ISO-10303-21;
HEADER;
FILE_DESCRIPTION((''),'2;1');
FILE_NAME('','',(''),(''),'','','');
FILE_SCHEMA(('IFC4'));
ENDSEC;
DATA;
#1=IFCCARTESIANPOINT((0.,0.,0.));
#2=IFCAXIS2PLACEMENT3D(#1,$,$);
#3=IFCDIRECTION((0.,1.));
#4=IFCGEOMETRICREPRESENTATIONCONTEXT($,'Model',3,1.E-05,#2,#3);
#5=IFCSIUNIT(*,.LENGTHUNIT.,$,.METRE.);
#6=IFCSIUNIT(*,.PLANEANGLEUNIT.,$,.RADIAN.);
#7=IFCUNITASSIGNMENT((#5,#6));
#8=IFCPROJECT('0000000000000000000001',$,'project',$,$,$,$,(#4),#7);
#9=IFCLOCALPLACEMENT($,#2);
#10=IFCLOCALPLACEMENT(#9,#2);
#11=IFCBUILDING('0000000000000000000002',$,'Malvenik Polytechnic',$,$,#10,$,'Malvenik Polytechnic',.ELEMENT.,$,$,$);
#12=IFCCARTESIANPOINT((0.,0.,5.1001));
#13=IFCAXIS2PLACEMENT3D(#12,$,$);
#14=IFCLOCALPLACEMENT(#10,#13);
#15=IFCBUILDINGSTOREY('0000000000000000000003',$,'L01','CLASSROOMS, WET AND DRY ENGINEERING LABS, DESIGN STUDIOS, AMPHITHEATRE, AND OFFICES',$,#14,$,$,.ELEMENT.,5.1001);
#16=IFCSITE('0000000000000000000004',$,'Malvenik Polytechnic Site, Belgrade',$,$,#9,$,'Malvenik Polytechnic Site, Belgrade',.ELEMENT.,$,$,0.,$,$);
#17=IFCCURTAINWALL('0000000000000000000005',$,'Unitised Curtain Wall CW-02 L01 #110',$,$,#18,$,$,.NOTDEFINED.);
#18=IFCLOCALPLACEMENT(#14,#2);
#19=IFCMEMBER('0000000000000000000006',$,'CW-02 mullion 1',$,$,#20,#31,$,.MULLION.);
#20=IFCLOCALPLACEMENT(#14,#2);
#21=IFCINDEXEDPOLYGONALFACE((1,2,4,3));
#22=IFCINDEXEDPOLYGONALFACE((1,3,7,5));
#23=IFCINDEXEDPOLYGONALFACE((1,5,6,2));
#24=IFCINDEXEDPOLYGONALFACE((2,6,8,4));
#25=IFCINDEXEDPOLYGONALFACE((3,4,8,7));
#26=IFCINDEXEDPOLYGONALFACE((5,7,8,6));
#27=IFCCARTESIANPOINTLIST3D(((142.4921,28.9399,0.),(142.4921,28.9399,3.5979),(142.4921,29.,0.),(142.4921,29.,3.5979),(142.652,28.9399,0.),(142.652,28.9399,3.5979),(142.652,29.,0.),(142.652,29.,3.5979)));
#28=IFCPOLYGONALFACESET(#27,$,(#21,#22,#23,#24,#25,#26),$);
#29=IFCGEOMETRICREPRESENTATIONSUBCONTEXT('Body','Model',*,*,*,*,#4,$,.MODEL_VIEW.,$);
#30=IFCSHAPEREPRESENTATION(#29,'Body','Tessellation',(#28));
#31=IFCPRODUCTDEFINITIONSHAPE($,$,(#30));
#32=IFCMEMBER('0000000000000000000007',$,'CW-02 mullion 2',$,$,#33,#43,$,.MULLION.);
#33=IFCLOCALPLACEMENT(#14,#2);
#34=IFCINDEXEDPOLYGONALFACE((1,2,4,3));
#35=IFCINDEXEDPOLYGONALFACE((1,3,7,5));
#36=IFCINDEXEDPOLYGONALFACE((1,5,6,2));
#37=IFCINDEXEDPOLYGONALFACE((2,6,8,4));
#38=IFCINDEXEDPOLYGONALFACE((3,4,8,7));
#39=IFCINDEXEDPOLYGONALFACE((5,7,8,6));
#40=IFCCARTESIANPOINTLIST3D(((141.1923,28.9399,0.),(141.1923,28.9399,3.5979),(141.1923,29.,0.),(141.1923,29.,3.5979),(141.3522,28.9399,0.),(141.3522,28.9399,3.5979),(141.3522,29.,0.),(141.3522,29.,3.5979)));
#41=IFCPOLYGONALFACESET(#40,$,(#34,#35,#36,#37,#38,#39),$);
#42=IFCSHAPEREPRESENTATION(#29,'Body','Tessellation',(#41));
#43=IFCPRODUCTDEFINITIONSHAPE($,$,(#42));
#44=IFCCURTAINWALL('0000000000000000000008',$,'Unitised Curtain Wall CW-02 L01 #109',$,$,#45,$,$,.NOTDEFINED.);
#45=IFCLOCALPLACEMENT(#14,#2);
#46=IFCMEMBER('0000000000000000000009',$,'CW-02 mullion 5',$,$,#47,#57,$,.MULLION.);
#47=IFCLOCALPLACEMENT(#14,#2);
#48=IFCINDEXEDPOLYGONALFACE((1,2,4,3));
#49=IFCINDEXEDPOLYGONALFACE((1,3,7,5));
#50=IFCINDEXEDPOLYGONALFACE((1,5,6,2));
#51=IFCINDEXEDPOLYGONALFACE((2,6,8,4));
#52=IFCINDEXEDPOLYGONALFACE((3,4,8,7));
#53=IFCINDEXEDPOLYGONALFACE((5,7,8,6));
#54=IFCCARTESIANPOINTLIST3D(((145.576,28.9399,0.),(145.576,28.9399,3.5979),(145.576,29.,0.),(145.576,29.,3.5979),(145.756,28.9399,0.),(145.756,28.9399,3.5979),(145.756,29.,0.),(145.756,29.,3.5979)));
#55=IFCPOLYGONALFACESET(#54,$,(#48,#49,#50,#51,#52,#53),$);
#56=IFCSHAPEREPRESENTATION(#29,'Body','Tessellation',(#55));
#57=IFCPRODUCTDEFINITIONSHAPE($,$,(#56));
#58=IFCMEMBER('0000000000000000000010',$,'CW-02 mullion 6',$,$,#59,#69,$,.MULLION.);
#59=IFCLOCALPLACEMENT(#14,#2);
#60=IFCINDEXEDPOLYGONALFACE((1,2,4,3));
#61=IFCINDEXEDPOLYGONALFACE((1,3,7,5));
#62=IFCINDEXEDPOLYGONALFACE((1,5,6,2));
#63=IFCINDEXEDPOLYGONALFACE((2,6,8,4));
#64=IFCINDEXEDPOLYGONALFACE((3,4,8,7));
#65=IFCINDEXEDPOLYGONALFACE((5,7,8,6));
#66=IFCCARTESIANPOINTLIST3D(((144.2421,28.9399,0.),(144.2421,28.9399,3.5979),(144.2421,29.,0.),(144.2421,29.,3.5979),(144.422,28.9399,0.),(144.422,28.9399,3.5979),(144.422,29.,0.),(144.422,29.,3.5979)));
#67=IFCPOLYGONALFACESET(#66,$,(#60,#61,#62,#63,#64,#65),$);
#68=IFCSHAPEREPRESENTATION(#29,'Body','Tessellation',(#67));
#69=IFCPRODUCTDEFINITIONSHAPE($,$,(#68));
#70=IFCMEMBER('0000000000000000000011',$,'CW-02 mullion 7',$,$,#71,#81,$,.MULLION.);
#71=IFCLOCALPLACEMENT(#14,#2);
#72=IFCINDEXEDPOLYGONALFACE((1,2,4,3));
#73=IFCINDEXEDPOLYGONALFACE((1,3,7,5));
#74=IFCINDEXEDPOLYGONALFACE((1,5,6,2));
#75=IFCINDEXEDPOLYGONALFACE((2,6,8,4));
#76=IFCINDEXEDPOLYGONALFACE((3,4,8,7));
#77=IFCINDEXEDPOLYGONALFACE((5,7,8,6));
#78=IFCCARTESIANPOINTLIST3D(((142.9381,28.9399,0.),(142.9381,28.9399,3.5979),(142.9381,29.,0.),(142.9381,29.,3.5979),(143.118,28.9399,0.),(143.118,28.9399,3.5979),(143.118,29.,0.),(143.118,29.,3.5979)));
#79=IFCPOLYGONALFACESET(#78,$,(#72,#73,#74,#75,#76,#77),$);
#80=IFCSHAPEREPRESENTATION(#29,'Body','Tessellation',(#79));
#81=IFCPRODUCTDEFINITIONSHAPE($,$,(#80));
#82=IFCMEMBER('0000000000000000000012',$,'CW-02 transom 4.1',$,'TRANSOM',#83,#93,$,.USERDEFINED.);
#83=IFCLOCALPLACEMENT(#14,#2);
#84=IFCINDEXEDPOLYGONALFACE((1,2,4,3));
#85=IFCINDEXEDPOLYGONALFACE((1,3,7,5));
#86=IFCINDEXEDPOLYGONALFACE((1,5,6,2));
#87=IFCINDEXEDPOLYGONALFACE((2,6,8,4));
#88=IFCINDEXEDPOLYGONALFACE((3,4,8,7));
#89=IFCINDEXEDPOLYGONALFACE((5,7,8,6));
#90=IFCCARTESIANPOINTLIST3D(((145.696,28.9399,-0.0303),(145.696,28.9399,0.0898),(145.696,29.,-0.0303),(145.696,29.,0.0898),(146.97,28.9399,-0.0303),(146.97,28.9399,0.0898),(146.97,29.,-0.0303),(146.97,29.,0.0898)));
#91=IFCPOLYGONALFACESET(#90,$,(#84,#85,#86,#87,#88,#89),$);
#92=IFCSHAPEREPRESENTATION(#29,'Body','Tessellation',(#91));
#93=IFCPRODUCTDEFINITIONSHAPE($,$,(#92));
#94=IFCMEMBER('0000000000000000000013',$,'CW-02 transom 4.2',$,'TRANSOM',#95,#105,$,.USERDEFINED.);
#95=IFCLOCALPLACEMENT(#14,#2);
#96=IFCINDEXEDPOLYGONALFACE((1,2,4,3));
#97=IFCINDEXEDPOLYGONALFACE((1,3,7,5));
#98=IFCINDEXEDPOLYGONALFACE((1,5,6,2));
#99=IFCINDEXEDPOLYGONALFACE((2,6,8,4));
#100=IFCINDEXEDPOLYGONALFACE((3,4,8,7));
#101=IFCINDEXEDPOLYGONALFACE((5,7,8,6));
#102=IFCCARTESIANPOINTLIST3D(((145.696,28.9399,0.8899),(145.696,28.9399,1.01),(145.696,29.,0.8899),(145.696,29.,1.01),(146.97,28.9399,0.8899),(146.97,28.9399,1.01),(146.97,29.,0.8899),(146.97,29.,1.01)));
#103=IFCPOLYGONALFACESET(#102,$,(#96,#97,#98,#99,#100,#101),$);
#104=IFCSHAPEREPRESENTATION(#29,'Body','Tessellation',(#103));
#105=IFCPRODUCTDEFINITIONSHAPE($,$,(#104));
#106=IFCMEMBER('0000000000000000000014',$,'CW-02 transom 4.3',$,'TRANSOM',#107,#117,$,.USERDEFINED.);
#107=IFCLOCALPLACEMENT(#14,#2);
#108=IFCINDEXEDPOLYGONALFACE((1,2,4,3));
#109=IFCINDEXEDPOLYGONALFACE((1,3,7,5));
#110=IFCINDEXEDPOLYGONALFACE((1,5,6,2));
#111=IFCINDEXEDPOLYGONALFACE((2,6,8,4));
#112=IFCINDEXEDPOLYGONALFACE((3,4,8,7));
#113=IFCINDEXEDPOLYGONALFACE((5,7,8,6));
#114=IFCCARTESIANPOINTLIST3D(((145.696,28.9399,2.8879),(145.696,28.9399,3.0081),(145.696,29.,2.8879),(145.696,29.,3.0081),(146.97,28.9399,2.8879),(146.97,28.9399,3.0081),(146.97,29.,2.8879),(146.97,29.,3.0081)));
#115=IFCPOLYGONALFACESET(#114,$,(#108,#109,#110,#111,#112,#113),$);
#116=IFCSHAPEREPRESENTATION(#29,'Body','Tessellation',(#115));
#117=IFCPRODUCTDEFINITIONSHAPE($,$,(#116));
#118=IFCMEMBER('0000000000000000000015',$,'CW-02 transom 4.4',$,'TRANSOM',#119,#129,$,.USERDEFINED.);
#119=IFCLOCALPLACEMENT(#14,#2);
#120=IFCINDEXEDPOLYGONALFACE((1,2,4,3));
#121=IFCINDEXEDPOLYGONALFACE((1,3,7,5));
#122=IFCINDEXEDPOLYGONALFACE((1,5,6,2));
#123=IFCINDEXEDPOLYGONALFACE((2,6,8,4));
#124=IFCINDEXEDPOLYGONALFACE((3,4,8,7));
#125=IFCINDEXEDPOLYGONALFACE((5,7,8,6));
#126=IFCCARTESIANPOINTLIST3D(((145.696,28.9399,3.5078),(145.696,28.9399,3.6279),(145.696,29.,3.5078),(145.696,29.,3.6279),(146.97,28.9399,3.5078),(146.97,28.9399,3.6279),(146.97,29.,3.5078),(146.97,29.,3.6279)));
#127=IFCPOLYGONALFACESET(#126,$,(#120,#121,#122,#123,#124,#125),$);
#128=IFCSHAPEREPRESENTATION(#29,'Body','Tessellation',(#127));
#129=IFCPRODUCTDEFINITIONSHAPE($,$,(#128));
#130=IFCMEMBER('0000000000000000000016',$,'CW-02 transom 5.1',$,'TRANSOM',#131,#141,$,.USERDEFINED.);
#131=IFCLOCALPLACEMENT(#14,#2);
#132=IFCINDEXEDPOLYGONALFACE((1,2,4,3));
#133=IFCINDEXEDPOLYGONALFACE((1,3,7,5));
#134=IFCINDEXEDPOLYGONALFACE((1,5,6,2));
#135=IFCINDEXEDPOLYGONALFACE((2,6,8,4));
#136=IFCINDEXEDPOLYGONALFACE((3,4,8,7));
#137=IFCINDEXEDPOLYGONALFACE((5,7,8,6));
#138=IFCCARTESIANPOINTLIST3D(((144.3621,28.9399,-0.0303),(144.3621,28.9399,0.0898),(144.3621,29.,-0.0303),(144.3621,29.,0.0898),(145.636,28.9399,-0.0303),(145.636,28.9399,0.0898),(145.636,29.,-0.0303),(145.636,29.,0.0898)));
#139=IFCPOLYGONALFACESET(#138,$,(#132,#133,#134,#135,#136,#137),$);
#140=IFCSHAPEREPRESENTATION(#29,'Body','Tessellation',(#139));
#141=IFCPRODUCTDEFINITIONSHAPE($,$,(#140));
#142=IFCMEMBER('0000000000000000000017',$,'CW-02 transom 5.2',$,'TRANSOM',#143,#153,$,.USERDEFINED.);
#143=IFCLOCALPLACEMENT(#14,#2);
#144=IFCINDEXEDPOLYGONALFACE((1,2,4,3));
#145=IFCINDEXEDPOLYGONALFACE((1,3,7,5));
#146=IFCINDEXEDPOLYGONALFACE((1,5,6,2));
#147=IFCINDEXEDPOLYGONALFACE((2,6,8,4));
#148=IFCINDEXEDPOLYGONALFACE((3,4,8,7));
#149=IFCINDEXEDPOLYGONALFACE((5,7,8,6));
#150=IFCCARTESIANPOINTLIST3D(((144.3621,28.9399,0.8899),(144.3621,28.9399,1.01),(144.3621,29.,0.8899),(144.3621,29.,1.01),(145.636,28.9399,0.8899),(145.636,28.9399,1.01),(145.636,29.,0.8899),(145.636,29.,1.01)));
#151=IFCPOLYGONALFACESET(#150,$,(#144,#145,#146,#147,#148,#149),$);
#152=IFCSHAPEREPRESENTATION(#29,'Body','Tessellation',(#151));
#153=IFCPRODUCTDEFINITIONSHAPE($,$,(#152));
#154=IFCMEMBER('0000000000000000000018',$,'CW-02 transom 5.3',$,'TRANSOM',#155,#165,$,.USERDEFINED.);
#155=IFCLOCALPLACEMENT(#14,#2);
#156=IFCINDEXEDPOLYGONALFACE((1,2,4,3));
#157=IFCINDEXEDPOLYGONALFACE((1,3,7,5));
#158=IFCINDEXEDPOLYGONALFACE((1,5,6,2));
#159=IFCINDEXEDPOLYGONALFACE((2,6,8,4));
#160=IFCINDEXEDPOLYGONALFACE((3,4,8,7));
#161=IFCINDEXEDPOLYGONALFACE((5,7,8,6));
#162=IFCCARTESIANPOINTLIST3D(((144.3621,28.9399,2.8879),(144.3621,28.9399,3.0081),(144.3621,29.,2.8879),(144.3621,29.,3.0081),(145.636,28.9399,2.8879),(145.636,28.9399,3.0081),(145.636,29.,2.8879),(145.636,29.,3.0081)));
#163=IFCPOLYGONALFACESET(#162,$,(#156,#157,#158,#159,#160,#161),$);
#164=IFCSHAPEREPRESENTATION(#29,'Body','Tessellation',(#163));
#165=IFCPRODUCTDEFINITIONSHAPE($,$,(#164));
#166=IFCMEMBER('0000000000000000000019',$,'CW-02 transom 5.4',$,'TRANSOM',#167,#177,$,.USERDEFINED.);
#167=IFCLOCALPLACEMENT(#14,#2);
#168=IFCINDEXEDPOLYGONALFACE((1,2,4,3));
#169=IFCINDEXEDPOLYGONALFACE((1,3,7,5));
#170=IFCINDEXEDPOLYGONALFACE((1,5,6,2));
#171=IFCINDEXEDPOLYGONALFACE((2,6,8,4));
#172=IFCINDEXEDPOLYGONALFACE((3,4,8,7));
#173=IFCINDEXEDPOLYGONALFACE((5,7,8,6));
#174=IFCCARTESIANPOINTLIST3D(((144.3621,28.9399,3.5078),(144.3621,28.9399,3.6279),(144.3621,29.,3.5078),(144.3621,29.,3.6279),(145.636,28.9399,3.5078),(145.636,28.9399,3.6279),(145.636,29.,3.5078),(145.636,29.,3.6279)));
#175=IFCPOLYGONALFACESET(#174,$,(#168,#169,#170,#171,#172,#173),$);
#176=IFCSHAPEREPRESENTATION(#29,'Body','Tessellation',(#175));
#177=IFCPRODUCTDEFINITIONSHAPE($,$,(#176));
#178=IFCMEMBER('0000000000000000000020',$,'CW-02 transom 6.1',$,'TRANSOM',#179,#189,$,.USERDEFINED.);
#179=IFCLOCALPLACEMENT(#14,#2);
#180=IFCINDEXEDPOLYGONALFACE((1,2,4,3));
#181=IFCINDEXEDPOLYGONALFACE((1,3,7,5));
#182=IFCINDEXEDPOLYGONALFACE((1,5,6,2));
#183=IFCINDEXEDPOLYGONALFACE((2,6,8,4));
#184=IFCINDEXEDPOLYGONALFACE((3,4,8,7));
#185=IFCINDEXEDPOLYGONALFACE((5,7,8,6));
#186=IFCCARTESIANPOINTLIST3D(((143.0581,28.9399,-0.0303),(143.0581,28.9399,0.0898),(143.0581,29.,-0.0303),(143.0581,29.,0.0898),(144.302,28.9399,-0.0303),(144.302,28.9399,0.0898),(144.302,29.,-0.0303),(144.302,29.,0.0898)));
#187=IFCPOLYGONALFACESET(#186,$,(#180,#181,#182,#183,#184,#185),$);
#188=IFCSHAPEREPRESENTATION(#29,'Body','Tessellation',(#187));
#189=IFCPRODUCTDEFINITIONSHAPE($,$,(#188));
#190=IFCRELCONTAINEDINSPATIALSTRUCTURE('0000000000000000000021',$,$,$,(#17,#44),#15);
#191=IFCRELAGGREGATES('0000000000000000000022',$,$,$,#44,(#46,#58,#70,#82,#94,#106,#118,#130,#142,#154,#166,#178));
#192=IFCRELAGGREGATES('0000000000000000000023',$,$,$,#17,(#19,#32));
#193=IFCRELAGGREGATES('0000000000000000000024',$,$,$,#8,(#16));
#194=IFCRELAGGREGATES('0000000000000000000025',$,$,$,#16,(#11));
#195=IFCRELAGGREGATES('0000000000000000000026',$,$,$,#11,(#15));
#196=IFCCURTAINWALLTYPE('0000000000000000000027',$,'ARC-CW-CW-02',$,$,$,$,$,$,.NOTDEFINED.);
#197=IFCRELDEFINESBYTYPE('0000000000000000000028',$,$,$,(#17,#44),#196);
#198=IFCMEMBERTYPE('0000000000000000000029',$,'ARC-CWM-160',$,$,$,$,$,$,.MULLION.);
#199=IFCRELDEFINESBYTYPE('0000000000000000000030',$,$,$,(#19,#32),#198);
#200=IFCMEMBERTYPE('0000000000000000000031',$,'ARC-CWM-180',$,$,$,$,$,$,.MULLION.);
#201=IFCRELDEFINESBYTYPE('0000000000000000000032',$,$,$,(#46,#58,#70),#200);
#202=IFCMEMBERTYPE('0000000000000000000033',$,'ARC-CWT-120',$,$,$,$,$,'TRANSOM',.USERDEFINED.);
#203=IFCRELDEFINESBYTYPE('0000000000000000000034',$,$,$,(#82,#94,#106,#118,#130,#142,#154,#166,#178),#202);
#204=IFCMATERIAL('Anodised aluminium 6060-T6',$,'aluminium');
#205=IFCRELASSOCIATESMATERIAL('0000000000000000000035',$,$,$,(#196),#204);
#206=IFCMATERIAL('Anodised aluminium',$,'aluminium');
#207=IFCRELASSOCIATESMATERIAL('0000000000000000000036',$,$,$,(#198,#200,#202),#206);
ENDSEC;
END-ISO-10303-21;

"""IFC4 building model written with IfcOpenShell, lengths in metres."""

from ifc_helpers import new_model, si_unit, direction, frame, origin, origin_2d, place, context, subcontext, project, spatial, rectangle, extrude, material, material_profile, profile_set, type_object, element, aggregate, save


model = new_model("IFC4")

# Units and contexts
model_context = context("Model", 3, precision=1e-05, world=origin(), true_north=direction((0.0, 1.0)))
body_context = subcontext(model_context, "Body", "Model", "MODEL_VIEW")
ifc_project = project(units=[si_unit("LENGTHUNIT", "METRE"), si_unit("PLANEANGLEUNIT", "RADIAN")], contexts=[model_context])

# Site, building, storey
site_placement = place(None, origin())
site = spatial("IfcSite", under=ifc_project, at=site_placement, Name="Malvenik Polytechnic Site, Belgrade", LongName="Malvenik Polytechnic Site, Belgrade", CompositionType="ELEMENT", RefElevation=0.0)
building_placement = place(site_placement, origin())
building = spatial("IfcBuilding", under=site, at=building_placement, Name="Malvenik Polytechnic", LongName="Malvenik Polytechnic", CompositionType="ELEMENT")
storey_placement = place(building_placement, frame((0.0, 0.0, 5.1001)))
storey = spatial("IfcBuildingStorey", under=building, at=storey_placement, Name="L01", Description="CLASSROOMS, WET AND DRY ENGINEERING LABS, DESIGN STUDIOS, AMPHITHEATRE, AND OFFICES", CompositionType="ELEMENT", Elevation=5.1001)

# Curtain walls, members
ifc_material_1 = material(Name="Anodised aluminium 6060-T6", Category="aluminium")
curtain_wall_type = type_object("IfcCurtainWallType", Name="ARC-CW-CW-02", PredefinedType="NOTDEFINED", material=ifc_material_1)
curtain_wall_1_placement = place(storey_placement, origin())
curtain_wall_1 = element("IfcCurtainWall", 1, at=curtain_wall_1_placement, inside=storey, type_object=curtain_wall_type, Name="Unitised Curtain Wall CW-02 L01 #110", PredefinedType="NOTDEFINED")
ifc_material_2 = material(Name="Anodised aluminium", Category="aluminium")
ifc_material_profile_1 = material_profile(ifc_material_2, rectangle(XDim=0.0601, YDim=0.1599, at=origin_2d()), Name="ALU MULLION 60x160")
ifc_profile_set_1 = profile_set([ifc_material_profile_1], Name="Anodised aluminium")
member_type_1 = type_object("IfcMemberType", Name="ARC-CWM-160", PredefinedType="MULLION", material=ifc_profile_set_1)
member_1_placement = place(storey_placement, frame((142.572, 28.97, 0.0), z_axis=(0.0, 0.0, 1.0), x_axis=(0.0, -1.0, 0.0)))
member_1 = element("IfcMember", 2, at=member_1_placement, type_object=member_type_1, Name="CW-02 mullion 1", PredefinedType="MULLION", context=body_context, shape_type="SweptSolid", body=[
    extrude(rectangle(XDim=0.0601, YDim=0.1599, at=origin_2d()), origin(), (0.0, 0.0, 1.0), 3.5979),
])
member_2_placement = place(storey_placement, frame((141.2722, 28.97, 0.0), z_axis=(0.0, 0.0, 1.0), x_axis=(0.0, -1.0, 0.0)))
member_2 = element("IfcMember", 3, at=member_2_placement, type_object=member_type_1, Name="CW-02 mullion 2", PredefinedType="MULLION", context=body_context, shape_type="SweptSolid", body=[
    extrude(rectangle(XDim=0.0601, YDim=0.1599, at=origin_2d()), origin(), (0.0, 0.0, 1.0), 3.5979),
])
curtain_wall_2_placement = place(storey_placement, origin())
curtain_wall_2 = element("IfcCurtainWall", 4, at=curtain_wall_2_placement, inside=storey, type_object=curtain_wall_type, Name="Unitised Curtain Wall CW-02 L01 #109", PredefinedType="NOTDEFINED")
ifc_material_profile_2 = material_profile(ifc_material_2, rectangle(XDim=0.0601, YDim=0.1799, at=origin_2d()), Name="ALU MULLION 60x180")
ifc_profile_set_2 = profile_set([ifc_material_profile_2], Name="Anodised aluminium")
member_type_2 = type_object("IfcMemberType", Name="ARC-CWM-180", PredefinedType="MULLION", material=ifc_profile_set_2)
member_3_placement = place(storey_placement, frame((145.666, 28.97, 0.0), z_axis=(0.0, 0.0, 1.0), x_axis=(0.0, -1.0, 0.0)))
member_3 = element("IfcMember", 5, at=member_3_placement, type_object=member_type_2, Name="CW-02 mullion 5", PredefinedType="MULLION", context=body_context, shape_type="SweptSolid", body=[
    extrude(rectangle(XDim=0.0601, YDim=0.1799, at=origin_2d()), origin(), (0.0, 0.0, 1.0), 3.5979),
])
member_4_placement = place(storey_placement, frame((144.332, 28.97, 0.0), z_axis=(0.0, 0.0, 1.0), x_axis=(0.0, -1.0, 0.0)))
member_4 = element("IfcMember", 6, at=member_4_placement, type_object=member_type_2, Name="CW-02 mullion 6", PredefinedType="MULLION", context=body_context, shape_type="SweptSolid", body=[
    extrude(rectangle(XDim=0.0601, YDim=0.1799, at=origin_2d()), origin(), (0.0, 0.0, 1.0), 3.5979),
])
member_5_placement = place(storey_placement, frame((143.0281, 28.97, 0.0), z_axis=(0.0, 0.0, 1.0), x_axis=(0.0, -1.0, 0.0)))
member_5 = element("IfcMember", 7, at=member_5_placement, type_object=member_type_2, Name="CW-02 mullion 7", PredefinedType="MULLION", context=body_context, shape_type="SweptSolid", body=[
    extrude(rectangle(XDim=0.0601, YDim=0.1799, at=origin_2d()), origin(), (0.0, 0.0, 1.0), 3.5979),
])
ifc_material_profile_3 = material_profile(ifc_material_2, rectangle(XDim=0.0601, YDim=0.1201, at=origin_2d()), Name="ALU TRANSOM 60x120")
ifc_profile_set_3 = profile_set([ifc_material_profile_3], Name="Anodised aluminium")
member_type_3 = type_object("IfcMemberType", Name="ARC-CWT-120", ElementType="TRANSOM", PredefinedType="USERDEFINED", material=ifc_profile_set_3)
member_6_placement = place(storey_placement, frame((146.97, 28.97, 0.0298), z_axis=(-1.0, 0.0, 0.0), x_axis=(0.0, -1.0, 0.0)))
member_6 = element("IfcMember", 8, at=member_6_placement, type_object=member_type_3, Name="CW-02 transom 4.1", ObjectType="TRANSOM", PredefinedType="USERDEFINED", context=body_context, shape_type="SweptSolid", body=[
    extrude(rectangle(XDim=0.0601, YDim=0.1201, at=origin_2d()), origin(), (0.0, 0.0, 1.0), 1.2739),
])
member_7_placement = place(storey_placement, frame((146.97, 28.97, 0.95), z_axis=(-1.0, 0.0, 0.0), x_axis=(0.0, -1.0, 0.0)))
member_7 = element("IfcMember", 9, at=member_7_placement, type_object=member_type_3, Name="CW-02 transom 4.2", ObjectType="TRANSOM", PredefinedType="USERDEFINED", context=body_context, shape_type="SweptSolid", body=[
    extrude(rectangle(XDim=0.0601, YDim=0.1201, at=origin_2d()), origin(), (0.0, 0.0, 1.0), 1.2739),
])
member_8_placement = place(storey_placement, frame((146.97, 28.97, 2.948), z_axis=(-1.0, 0.0, 0.0), x_axis=(0.0, -1.0, 0.0)))
member_8 = element("IfcMember", 10, at=member_8_placement, type_object=member_type_3, Name="CW-02 transom 4.3", ObjectType="TRANSOM", PredefinedType="USERDEFINED", context=body_context, shape_type="SweptSolid", body=[
    extrude(rectangle(XDim=0.0601, YDim=0.1201, at=origin_2d()), origin(), (0.0, 0.0, 1.0), 1.2739),
])
member_9_placement = place(storey_placement, frame((146.97, 28.97, 3.5679), z_axis=(-1.0, 0.0, 0.0), x_axis=(0.0, -1.0, 0.0)))
member_9 = element("IfcMember", 11, at=member_9_placement, type_object=member_type_3, Name="CW-02 transom 4.4", ObjectType="TRANSOM", PredefinedType="USERDEFINED", context=body_context, shape_type="SweptSolid", body=[
    extrude(rectangle(XDim=0.0601, YDim=0.1201, at=origin_2d()), origin(), (0.0, 0.0, 1.0), 1.2739),
])
member_10_placement = place(storey_placement, frame((145.636, 28.97, 0.0298), z_axis=(-1.0, 0.0, 0.0), x_axis=(0.0, -1.0, 0.0)))
member_10 = element("IfcMember", 12, at=member_10_placement, type_object=member_type_3, Name="CW-02 transom 5.1", ObjectType="TRANSOM", PredefinedType="USERDEFINED", context=body_context, shape_type="SweptSolid", body=[
    extrude(rectangle(XDim=0.0601, YDim=0.1201, at=origin_2d()), origin(), (0.0, 0.0, 1.0), 1.2739),
])
member_11_placement = place(storey_placement, frame((145.636, 28.97, 0.95), z_axis=(-1.0, 0.0, 0.0), x_axis=(0.0, -1.0, 0.0)))
member_11 = element("IfcMember", 13, at=member_11_placement, type_object=member_type_3, Name="CW-02 transom 5.2", ObjectType="TRANSOM", PredefinedType="USERDEFINED", context=body_context, shape_type="SweptSolid", body=[
    extrude(rectangle(XDim=0.0601, YDim=0.1201, at=origin_2d()), origin(), (0.0, 0.0, 1.0), 1.2739),
])
member_12_placement = place(storey_placement, frame((145.636, 28.97, 2.948), z_axis=(-1.0, 0.0, 0.0), x_axis=(0.0, -1.0, 0.0)))
member_12 = element("IfcMember", 14, at=member_12_placement, type_object=member_type_3, Name="CW-02 transom 5.3", ObjectType="TRANSOM", PredefinedType="USERDEFINED", context=body_context, shape_type="SweptSolid", body=[
    extrude(rectangle(XDim=0.0601, YDim=0.1201, at=origin_2d()), origin(), (0.0, 0.0, 1.0), 1.2739),
])
member_13_placement = place(storey_placement, frame((145.636, 28.97, 3.5679), z_axis=(-1.0, 0.0, 0.0), x_axis=(0.0, -1.0, 0.0)))
member_13 = element("IfcMember", 15, at=member_13_placement, type_object=member_type_3, Name="CW-02 transom 5.4", ObjectType="TRANSOM", PredefinedType="USERDEFINED", context=body_context, shape_type="SweptSolid", body=[
    extrude(rectangle(XDim=0.0601, YDim=0.1201, at=origin_2d()), origin(), (0.0, 0.0, 1.0), 1.2739),
])
member_14_placement = place(storey_placement, frame((144.302, 28.97, 0.0298), z_axis=(-1.0, 0.0, 0.0), x_axis=(0.0, -1.0, 0.0)))
member_14 = element("IfcMember", 16, at=member_14_placement, type_object=member_type_3, Name="CW-02 transom 6.1", ObjectType="TRANSOM", PredefinedType="USERDEFINED", context=body_context, shape_type="SweptSolid", body=[
    extrude(rectangle(XDim=0.0601, YDim=0.1201, at=origin_2d()), origin(), (0.0, 0.0, 1.0), 1.2439),
])

aggregate(curtain_wall_2, [member_3, member_4, member_5, member_6, member_7, member_8, member_9, member_10, member_11, member_12, member_13, member_14])
aggregate(curtain_wall_1, [member_1, member_2])

save(model, "model.ifc")
